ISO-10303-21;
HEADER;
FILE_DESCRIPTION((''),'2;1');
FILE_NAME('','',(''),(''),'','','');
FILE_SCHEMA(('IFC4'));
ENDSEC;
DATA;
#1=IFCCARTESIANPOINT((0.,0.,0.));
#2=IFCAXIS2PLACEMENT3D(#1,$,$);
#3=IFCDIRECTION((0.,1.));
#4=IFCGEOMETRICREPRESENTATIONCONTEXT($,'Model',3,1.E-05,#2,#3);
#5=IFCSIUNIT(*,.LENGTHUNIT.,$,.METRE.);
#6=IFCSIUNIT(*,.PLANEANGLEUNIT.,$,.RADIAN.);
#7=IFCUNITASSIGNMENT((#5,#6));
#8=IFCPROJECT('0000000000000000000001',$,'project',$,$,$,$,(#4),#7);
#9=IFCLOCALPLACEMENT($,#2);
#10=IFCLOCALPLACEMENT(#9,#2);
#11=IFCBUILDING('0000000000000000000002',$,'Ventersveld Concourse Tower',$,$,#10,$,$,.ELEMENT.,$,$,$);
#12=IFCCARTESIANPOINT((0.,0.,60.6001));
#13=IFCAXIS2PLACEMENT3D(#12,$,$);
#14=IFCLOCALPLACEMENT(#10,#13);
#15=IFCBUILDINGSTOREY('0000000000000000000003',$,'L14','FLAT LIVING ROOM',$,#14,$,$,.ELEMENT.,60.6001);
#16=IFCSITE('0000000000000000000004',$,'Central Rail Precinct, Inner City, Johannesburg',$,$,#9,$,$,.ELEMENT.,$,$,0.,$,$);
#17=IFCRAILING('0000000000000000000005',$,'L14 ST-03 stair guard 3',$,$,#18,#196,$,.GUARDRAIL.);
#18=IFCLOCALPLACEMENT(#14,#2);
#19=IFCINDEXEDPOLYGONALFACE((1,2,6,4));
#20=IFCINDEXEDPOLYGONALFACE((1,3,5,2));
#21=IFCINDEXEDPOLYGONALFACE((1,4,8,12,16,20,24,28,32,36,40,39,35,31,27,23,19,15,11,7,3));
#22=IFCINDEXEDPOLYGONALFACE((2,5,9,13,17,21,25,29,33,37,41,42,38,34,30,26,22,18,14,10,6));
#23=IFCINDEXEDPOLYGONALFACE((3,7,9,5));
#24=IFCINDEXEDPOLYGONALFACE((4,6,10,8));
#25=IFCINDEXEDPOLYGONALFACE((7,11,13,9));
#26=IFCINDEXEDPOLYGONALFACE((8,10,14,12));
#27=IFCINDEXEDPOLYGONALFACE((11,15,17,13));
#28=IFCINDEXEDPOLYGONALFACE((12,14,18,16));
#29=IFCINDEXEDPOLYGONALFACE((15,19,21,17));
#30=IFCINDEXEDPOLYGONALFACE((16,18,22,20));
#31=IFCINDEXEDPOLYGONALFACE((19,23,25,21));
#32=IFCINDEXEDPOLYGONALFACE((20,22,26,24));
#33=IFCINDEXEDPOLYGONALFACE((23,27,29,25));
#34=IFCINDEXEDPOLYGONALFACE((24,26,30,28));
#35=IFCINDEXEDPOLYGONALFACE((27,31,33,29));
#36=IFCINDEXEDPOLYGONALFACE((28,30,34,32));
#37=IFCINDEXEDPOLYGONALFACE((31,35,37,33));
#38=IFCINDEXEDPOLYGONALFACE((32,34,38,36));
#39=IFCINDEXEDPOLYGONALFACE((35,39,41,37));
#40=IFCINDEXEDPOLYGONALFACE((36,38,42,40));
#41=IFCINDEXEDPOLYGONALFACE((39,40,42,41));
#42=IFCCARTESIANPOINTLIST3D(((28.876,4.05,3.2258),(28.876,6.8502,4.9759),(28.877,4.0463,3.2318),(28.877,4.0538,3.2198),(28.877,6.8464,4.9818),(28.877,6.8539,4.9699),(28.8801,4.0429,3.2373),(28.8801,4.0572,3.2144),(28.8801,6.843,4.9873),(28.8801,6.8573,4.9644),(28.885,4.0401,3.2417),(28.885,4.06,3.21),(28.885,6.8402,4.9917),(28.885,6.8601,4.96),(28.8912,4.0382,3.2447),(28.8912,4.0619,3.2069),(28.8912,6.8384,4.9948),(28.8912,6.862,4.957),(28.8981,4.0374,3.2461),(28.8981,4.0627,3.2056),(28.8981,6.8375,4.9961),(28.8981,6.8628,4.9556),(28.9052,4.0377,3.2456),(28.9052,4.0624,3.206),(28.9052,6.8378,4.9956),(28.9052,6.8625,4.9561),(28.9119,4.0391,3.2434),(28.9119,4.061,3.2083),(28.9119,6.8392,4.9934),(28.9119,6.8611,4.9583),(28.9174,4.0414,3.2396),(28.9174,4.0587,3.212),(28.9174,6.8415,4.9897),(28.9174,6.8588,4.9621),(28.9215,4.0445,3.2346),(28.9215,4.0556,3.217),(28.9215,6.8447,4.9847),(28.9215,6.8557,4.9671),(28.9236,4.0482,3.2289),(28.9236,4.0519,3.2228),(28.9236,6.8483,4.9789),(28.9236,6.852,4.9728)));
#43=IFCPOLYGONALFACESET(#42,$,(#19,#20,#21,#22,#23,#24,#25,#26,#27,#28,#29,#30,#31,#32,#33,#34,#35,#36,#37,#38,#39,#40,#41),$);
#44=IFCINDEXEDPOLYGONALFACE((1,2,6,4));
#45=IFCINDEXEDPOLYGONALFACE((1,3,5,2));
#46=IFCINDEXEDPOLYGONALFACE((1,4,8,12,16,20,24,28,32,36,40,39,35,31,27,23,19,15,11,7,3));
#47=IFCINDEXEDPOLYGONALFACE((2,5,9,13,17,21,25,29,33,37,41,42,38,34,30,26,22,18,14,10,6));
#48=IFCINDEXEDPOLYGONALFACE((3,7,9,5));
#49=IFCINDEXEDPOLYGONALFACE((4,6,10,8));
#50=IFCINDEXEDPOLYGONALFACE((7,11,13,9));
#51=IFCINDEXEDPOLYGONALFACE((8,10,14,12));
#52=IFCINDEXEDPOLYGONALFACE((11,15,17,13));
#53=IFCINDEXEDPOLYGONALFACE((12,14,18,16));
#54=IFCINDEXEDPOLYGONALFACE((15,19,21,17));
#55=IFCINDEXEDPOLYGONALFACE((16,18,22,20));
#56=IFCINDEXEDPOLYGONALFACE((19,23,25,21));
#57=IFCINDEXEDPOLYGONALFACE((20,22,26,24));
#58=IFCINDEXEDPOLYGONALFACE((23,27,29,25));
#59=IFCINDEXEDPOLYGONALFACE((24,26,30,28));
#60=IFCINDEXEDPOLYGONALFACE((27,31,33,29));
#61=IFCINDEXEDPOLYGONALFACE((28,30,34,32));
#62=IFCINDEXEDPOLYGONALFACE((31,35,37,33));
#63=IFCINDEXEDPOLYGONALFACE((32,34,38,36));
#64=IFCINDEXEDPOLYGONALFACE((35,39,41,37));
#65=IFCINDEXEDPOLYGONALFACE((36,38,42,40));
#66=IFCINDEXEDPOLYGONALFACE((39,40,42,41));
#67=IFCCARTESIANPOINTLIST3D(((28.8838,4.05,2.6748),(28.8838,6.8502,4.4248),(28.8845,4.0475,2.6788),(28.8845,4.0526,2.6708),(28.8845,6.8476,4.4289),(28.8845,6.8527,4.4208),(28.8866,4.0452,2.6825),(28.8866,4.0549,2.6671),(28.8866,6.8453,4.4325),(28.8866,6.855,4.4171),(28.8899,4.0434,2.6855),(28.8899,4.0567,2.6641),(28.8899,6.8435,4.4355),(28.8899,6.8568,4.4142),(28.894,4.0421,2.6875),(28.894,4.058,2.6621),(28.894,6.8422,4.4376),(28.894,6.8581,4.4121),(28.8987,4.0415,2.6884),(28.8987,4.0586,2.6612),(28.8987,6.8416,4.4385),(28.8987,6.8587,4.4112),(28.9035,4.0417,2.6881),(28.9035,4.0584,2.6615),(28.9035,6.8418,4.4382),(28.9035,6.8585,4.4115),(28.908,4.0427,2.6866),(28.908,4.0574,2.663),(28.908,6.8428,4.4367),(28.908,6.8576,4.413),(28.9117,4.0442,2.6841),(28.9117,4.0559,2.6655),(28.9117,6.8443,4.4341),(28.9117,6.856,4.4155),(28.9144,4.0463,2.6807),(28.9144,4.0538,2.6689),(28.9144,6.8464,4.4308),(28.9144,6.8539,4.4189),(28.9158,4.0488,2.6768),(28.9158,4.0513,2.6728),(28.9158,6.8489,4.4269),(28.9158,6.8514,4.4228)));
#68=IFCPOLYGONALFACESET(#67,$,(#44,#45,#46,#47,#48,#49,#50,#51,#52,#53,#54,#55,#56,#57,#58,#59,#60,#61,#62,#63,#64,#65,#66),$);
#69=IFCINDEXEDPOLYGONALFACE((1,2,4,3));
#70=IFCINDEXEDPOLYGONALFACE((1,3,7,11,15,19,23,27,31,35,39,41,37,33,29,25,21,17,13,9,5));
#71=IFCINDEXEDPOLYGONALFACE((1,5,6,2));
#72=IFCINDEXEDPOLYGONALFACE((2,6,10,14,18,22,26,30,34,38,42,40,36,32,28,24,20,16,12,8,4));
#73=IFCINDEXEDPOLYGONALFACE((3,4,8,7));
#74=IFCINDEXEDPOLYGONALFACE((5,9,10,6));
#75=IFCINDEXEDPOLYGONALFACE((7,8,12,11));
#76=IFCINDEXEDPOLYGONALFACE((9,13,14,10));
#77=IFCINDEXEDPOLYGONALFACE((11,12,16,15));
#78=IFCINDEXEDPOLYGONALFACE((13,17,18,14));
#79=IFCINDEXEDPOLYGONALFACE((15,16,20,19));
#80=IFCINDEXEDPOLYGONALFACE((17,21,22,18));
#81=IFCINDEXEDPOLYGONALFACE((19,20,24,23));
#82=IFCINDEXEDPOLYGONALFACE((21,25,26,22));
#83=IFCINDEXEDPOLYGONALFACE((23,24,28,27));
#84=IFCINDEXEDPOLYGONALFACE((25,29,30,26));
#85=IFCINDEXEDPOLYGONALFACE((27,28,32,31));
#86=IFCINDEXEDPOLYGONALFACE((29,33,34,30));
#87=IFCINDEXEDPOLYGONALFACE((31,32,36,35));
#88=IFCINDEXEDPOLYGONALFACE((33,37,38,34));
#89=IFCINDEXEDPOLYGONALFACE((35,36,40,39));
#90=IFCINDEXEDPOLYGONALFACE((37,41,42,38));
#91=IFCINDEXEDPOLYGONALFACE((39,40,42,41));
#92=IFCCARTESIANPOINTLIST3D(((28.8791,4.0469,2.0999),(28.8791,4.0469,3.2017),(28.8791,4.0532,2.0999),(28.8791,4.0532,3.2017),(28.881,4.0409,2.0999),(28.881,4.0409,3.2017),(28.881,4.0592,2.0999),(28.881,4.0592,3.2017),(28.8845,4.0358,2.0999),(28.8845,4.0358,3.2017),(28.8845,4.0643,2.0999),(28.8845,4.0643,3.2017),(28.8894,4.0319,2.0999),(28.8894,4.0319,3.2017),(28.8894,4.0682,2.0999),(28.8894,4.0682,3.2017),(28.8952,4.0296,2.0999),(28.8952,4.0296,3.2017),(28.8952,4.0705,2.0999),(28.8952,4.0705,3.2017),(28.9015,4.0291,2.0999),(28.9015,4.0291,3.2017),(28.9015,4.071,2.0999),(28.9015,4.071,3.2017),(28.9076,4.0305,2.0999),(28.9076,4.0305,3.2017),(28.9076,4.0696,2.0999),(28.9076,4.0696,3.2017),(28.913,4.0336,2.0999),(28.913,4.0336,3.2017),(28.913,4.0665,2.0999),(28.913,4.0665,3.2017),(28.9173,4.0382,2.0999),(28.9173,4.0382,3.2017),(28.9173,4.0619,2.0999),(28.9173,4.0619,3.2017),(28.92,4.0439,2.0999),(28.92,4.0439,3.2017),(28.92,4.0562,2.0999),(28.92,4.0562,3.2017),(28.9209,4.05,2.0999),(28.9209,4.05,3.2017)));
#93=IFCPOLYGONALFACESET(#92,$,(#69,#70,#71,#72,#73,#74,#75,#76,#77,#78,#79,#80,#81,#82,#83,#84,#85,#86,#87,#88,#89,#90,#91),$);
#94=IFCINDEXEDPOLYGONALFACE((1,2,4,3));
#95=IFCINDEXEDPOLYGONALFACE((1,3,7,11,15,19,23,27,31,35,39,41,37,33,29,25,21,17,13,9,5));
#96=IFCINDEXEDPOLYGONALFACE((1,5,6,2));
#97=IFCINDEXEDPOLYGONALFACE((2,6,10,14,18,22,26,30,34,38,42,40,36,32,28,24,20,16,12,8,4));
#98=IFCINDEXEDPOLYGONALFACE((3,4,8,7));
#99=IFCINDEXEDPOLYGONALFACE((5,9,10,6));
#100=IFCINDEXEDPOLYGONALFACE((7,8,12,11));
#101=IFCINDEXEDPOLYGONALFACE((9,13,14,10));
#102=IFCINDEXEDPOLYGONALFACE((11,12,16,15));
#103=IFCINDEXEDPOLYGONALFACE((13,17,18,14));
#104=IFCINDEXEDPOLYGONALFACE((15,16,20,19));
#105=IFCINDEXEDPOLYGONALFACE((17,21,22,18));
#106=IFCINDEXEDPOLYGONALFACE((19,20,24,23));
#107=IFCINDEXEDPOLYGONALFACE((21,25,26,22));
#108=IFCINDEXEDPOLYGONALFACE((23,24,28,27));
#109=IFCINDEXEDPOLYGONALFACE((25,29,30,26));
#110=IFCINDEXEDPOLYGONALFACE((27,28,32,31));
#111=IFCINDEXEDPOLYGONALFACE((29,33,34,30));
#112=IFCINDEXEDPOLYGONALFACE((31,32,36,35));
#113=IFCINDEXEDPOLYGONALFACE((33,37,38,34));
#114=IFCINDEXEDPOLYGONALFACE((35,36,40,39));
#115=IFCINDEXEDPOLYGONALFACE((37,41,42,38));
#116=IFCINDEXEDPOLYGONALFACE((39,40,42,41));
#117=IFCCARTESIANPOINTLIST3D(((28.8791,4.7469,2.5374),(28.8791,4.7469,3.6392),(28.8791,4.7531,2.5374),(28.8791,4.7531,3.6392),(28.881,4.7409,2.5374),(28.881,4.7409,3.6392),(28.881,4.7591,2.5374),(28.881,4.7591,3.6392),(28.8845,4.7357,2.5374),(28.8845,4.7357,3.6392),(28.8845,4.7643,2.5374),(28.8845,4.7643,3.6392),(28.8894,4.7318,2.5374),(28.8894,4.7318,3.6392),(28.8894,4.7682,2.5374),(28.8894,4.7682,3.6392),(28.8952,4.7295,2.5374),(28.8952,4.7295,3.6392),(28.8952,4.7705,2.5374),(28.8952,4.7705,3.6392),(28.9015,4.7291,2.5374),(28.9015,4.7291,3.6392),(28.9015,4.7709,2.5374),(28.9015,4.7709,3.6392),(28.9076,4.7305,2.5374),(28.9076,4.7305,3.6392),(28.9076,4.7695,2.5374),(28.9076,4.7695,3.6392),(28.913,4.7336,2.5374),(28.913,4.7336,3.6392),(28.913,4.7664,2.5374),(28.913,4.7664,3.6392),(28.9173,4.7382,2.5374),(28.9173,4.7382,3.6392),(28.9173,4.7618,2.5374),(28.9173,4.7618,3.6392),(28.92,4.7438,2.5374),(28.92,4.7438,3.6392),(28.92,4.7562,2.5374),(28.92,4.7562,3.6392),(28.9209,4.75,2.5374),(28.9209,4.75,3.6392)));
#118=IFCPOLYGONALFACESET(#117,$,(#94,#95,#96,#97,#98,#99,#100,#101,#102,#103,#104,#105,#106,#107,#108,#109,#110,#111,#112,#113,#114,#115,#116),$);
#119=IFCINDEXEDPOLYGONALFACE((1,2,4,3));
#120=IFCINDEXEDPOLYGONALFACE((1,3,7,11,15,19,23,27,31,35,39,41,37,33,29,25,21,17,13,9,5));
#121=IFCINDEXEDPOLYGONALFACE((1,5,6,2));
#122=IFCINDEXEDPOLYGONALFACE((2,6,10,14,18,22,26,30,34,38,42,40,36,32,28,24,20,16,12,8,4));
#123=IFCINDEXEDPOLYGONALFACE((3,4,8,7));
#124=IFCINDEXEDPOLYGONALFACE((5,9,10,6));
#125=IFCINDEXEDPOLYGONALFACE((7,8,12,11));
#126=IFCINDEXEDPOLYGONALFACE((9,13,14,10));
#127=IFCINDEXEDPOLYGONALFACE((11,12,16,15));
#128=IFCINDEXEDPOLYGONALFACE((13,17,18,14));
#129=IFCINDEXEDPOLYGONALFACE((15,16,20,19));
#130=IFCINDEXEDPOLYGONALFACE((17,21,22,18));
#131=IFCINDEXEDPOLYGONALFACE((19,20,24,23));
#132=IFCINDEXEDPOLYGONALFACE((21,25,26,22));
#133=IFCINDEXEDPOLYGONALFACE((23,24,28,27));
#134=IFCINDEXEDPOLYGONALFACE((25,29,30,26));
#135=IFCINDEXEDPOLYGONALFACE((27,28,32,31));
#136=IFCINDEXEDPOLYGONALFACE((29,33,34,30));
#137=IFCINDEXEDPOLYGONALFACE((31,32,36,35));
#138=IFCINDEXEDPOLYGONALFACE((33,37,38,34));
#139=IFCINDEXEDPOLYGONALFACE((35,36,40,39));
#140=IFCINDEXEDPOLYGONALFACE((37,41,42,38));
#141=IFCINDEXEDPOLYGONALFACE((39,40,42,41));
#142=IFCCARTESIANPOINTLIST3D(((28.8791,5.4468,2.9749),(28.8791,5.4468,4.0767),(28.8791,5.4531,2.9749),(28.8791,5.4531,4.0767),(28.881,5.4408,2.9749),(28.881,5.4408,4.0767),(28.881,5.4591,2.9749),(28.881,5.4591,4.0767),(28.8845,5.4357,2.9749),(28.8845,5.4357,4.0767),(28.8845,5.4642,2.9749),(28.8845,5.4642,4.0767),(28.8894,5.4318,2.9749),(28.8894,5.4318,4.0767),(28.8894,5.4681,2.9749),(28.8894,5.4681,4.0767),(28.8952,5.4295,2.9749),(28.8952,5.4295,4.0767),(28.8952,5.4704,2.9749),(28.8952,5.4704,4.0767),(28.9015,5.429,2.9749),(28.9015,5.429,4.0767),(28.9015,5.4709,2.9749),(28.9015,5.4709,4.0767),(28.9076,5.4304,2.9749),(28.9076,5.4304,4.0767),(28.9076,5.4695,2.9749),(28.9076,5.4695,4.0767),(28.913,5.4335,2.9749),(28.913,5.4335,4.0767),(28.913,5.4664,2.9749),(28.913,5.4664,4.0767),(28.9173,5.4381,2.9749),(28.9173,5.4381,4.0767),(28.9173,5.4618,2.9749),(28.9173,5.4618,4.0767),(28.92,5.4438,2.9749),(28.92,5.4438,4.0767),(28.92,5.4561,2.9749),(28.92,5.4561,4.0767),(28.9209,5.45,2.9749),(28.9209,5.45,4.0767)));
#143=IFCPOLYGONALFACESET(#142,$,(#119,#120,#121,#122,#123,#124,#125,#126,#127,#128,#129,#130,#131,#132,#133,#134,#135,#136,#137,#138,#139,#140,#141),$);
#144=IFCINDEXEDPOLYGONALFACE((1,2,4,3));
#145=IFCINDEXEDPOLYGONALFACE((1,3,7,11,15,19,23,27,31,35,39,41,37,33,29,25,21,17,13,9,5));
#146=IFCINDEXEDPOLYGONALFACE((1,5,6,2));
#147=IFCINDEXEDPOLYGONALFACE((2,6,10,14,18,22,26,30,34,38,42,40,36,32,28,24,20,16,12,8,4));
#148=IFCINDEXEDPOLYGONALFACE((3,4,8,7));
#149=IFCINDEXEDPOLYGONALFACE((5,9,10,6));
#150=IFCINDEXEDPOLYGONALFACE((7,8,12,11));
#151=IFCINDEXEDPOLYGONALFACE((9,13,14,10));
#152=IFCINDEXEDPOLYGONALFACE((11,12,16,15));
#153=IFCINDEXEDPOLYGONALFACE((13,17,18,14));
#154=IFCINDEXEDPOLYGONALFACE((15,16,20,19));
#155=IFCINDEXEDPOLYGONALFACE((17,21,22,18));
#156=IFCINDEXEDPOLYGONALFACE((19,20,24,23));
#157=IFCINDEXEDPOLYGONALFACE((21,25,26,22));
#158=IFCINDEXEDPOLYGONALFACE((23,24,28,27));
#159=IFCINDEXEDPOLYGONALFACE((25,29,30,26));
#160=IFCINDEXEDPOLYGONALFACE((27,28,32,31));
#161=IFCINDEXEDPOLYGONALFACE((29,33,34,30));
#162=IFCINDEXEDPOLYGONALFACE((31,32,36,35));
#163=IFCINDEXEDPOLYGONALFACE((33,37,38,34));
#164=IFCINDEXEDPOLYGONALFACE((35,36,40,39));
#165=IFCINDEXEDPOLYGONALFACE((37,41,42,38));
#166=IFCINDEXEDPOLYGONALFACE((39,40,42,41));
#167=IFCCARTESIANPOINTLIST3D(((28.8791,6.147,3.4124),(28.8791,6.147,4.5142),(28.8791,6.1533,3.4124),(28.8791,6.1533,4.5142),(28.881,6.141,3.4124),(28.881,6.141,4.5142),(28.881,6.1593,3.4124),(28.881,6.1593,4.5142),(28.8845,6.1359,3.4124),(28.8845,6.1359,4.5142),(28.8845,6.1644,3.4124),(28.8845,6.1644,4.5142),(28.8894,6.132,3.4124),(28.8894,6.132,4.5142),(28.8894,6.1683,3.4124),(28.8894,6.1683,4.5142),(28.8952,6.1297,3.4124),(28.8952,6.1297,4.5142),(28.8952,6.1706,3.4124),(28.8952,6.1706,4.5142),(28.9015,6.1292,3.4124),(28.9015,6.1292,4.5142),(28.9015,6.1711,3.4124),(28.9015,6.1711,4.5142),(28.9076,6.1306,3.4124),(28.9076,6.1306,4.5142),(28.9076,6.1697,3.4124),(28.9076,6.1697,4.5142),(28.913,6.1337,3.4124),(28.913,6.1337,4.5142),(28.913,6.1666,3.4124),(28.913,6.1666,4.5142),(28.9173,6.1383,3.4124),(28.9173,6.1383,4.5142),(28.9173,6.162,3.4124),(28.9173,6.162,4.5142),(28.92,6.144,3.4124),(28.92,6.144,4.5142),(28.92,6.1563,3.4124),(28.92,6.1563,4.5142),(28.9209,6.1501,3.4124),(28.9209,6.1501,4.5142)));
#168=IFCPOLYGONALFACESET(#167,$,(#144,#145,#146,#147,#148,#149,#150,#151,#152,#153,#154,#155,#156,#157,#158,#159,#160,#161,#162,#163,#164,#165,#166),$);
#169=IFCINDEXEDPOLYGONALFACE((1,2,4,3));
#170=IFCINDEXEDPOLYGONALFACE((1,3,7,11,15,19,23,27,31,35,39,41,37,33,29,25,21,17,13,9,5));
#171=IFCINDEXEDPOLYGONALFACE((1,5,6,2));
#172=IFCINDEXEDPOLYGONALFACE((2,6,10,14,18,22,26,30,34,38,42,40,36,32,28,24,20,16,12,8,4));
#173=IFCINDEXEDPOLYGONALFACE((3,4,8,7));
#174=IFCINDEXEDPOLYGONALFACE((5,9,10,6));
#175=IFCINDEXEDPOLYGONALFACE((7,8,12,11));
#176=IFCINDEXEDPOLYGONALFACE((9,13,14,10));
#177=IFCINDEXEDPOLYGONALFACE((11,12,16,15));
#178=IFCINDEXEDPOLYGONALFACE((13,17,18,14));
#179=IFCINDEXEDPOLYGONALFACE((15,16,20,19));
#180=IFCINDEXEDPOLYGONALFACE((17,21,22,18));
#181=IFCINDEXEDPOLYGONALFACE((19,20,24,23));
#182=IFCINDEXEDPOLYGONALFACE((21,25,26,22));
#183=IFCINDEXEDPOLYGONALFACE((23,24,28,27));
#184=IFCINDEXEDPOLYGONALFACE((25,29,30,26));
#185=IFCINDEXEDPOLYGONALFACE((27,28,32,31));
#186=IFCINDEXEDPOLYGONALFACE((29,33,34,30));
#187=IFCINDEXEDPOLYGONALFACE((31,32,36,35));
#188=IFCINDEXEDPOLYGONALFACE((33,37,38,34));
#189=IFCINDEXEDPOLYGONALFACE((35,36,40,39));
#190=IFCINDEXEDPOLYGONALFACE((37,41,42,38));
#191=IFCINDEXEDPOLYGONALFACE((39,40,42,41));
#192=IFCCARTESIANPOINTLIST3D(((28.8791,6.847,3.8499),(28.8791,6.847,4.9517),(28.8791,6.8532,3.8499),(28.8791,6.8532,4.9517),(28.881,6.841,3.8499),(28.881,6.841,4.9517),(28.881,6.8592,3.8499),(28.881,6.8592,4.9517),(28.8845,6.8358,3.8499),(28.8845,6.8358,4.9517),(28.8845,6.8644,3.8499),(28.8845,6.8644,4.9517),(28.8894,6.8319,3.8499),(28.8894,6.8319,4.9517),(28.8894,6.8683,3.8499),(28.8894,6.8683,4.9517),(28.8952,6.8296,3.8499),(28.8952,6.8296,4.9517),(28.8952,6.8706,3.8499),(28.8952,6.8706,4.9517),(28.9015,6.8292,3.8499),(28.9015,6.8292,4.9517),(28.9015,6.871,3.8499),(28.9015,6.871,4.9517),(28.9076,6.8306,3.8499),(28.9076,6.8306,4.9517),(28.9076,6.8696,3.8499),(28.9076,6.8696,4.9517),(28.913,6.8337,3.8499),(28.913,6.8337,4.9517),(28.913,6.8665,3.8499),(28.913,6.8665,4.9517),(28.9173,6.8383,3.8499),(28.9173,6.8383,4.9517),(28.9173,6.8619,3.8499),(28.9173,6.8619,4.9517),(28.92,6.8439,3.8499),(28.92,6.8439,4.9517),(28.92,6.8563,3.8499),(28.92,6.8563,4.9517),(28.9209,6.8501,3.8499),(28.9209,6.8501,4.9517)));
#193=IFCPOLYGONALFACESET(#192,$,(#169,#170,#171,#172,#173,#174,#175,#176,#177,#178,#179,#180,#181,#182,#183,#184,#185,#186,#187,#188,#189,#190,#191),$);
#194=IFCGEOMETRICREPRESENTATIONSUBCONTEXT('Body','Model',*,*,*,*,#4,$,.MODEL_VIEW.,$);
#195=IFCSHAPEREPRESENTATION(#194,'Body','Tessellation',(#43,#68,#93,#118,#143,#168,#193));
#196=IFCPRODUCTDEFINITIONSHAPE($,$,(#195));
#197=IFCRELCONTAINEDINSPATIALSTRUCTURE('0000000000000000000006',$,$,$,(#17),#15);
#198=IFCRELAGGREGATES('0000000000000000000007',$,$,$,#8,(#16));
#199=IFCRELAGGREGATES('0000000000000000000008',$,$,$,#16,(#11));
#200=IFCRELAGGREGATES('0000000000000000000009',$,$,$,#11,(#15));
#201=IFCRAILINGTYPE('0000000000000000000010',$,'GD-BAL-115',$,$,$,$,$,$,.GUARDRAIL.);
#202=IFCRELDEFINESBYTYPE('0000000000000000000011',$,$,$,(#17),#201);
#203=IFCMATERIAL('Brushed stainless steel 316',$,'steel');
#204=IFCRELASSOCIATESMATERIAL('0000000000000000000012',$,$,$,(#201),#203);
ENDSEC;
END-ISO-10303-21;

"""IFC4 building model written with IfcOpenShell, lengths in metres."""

from ifc_helpers import new_model, si_unit, direction, frame, origin, origin_2d, place, context, subcontext, project, spatial, circle, extrude, material, type_object, element, save


model = new_model("IFC4")

# Units and contexts
model_context = context("Model", 3, precision=1e-05, world=origin(), true_north=direction((0.0, 1.0)))
body_context = subcontext(model_context, "Body", "Model", "MODEL_VIEW")
ifc_project = project(units=[si_unit("LENGTHUNIT", "METRE"), si_unit("PLANEANGLEUNIT", "RADIAN")], contexts=[model_context])

# Site, building, storey
site_placement = place(None, origin())
site = spatial("IfcSite", under=ifc_project, at=site_placement, Name="Central Rail Precinct, Inner City, Johannesburg", CompositionType="ELEMENT", RefElevation=0.0)
building_placement = place(site_placement, origin())
building = spatial("IfcBuilding", under=site, at=building_placement, Name="Ventersveld Concourse Tower", CompositionType="ELEMENT")
storey_placement = place(building_placement, frame((0.0, 0.0, 60.6001)))
storey = spatial("IfcBuildingStorey", under=building, at=storey_placement, Name="L14", Description="FLAT LIVING ROOM", CompositionType="ELEMENT", Elevation=60.6001)

# Railing
ifc_material_1 = material(Name="Brushed stainless steel 316", Category="steel")
railing_type_1 = type_object("IfcRailingType", Name="GD-BAL-115", PredefinedType="GUARDRAIL", material=ifc_material_1)
railing_1_placement = place(storey_placement, frame((28.8999, 4.05, 2.0999)))
element("IfcRailing", 1, at=railing_1_placement, inside=storey, type_object=railing_type_1, Name="L14 ST-03 stair guard 3", PredefinedType="GUARDRAIL", context=body_context, shape_type="SweptSolid", body=[
    extrude(circle(Radius=0.0239, at=origin_2d()), frame((0.0, 0.0, 1.126), z_axis=(0.0, 0.848002, 0.529992), x_axis=(-1.0, 0.0, 0.0)), (0.0, 0.0, 1.0), 3.302),
    extrude(circle(Radius=0.0161, at=origin_2d()), frame((0.0, 0.0, 0.575), z_axis=(0.0, 0.848002, 0.529992), x_axis=(-1.0, 0.0, 0.0)), (0.0, 0.0, 1.0), 3.302),
    extrude(circle(Radius=0.021, at=origin_2d()), origin(), (0.0, 0.0, 1.0), 1.1018),
    extrude(circle(Radius=0.021, at=origin_2d()), frame((0.0, 0.7, 0.4375)), (0.0, 0.0, 1.0), 1.1018),
    extrude(circle(Radius=0.021, at=origin_2d()), frame((0.0, 1.3999, 0.875)), (0.0, 0.0, 1.0), 1.1018),
    extrude(circle(Radius=0.021, at=origin_2d()), frame((0.0, 2.1001, 1.3125)), (0.0, 0.0, 1.0), 1.1018),
    extrude(circle(Radius=0.021, at=origin_2d()), frame((0.0, 2.8, 1.75)), (0.0, 0.0, 1.0), 1.1018),
])

save(model, "model.ifc")
